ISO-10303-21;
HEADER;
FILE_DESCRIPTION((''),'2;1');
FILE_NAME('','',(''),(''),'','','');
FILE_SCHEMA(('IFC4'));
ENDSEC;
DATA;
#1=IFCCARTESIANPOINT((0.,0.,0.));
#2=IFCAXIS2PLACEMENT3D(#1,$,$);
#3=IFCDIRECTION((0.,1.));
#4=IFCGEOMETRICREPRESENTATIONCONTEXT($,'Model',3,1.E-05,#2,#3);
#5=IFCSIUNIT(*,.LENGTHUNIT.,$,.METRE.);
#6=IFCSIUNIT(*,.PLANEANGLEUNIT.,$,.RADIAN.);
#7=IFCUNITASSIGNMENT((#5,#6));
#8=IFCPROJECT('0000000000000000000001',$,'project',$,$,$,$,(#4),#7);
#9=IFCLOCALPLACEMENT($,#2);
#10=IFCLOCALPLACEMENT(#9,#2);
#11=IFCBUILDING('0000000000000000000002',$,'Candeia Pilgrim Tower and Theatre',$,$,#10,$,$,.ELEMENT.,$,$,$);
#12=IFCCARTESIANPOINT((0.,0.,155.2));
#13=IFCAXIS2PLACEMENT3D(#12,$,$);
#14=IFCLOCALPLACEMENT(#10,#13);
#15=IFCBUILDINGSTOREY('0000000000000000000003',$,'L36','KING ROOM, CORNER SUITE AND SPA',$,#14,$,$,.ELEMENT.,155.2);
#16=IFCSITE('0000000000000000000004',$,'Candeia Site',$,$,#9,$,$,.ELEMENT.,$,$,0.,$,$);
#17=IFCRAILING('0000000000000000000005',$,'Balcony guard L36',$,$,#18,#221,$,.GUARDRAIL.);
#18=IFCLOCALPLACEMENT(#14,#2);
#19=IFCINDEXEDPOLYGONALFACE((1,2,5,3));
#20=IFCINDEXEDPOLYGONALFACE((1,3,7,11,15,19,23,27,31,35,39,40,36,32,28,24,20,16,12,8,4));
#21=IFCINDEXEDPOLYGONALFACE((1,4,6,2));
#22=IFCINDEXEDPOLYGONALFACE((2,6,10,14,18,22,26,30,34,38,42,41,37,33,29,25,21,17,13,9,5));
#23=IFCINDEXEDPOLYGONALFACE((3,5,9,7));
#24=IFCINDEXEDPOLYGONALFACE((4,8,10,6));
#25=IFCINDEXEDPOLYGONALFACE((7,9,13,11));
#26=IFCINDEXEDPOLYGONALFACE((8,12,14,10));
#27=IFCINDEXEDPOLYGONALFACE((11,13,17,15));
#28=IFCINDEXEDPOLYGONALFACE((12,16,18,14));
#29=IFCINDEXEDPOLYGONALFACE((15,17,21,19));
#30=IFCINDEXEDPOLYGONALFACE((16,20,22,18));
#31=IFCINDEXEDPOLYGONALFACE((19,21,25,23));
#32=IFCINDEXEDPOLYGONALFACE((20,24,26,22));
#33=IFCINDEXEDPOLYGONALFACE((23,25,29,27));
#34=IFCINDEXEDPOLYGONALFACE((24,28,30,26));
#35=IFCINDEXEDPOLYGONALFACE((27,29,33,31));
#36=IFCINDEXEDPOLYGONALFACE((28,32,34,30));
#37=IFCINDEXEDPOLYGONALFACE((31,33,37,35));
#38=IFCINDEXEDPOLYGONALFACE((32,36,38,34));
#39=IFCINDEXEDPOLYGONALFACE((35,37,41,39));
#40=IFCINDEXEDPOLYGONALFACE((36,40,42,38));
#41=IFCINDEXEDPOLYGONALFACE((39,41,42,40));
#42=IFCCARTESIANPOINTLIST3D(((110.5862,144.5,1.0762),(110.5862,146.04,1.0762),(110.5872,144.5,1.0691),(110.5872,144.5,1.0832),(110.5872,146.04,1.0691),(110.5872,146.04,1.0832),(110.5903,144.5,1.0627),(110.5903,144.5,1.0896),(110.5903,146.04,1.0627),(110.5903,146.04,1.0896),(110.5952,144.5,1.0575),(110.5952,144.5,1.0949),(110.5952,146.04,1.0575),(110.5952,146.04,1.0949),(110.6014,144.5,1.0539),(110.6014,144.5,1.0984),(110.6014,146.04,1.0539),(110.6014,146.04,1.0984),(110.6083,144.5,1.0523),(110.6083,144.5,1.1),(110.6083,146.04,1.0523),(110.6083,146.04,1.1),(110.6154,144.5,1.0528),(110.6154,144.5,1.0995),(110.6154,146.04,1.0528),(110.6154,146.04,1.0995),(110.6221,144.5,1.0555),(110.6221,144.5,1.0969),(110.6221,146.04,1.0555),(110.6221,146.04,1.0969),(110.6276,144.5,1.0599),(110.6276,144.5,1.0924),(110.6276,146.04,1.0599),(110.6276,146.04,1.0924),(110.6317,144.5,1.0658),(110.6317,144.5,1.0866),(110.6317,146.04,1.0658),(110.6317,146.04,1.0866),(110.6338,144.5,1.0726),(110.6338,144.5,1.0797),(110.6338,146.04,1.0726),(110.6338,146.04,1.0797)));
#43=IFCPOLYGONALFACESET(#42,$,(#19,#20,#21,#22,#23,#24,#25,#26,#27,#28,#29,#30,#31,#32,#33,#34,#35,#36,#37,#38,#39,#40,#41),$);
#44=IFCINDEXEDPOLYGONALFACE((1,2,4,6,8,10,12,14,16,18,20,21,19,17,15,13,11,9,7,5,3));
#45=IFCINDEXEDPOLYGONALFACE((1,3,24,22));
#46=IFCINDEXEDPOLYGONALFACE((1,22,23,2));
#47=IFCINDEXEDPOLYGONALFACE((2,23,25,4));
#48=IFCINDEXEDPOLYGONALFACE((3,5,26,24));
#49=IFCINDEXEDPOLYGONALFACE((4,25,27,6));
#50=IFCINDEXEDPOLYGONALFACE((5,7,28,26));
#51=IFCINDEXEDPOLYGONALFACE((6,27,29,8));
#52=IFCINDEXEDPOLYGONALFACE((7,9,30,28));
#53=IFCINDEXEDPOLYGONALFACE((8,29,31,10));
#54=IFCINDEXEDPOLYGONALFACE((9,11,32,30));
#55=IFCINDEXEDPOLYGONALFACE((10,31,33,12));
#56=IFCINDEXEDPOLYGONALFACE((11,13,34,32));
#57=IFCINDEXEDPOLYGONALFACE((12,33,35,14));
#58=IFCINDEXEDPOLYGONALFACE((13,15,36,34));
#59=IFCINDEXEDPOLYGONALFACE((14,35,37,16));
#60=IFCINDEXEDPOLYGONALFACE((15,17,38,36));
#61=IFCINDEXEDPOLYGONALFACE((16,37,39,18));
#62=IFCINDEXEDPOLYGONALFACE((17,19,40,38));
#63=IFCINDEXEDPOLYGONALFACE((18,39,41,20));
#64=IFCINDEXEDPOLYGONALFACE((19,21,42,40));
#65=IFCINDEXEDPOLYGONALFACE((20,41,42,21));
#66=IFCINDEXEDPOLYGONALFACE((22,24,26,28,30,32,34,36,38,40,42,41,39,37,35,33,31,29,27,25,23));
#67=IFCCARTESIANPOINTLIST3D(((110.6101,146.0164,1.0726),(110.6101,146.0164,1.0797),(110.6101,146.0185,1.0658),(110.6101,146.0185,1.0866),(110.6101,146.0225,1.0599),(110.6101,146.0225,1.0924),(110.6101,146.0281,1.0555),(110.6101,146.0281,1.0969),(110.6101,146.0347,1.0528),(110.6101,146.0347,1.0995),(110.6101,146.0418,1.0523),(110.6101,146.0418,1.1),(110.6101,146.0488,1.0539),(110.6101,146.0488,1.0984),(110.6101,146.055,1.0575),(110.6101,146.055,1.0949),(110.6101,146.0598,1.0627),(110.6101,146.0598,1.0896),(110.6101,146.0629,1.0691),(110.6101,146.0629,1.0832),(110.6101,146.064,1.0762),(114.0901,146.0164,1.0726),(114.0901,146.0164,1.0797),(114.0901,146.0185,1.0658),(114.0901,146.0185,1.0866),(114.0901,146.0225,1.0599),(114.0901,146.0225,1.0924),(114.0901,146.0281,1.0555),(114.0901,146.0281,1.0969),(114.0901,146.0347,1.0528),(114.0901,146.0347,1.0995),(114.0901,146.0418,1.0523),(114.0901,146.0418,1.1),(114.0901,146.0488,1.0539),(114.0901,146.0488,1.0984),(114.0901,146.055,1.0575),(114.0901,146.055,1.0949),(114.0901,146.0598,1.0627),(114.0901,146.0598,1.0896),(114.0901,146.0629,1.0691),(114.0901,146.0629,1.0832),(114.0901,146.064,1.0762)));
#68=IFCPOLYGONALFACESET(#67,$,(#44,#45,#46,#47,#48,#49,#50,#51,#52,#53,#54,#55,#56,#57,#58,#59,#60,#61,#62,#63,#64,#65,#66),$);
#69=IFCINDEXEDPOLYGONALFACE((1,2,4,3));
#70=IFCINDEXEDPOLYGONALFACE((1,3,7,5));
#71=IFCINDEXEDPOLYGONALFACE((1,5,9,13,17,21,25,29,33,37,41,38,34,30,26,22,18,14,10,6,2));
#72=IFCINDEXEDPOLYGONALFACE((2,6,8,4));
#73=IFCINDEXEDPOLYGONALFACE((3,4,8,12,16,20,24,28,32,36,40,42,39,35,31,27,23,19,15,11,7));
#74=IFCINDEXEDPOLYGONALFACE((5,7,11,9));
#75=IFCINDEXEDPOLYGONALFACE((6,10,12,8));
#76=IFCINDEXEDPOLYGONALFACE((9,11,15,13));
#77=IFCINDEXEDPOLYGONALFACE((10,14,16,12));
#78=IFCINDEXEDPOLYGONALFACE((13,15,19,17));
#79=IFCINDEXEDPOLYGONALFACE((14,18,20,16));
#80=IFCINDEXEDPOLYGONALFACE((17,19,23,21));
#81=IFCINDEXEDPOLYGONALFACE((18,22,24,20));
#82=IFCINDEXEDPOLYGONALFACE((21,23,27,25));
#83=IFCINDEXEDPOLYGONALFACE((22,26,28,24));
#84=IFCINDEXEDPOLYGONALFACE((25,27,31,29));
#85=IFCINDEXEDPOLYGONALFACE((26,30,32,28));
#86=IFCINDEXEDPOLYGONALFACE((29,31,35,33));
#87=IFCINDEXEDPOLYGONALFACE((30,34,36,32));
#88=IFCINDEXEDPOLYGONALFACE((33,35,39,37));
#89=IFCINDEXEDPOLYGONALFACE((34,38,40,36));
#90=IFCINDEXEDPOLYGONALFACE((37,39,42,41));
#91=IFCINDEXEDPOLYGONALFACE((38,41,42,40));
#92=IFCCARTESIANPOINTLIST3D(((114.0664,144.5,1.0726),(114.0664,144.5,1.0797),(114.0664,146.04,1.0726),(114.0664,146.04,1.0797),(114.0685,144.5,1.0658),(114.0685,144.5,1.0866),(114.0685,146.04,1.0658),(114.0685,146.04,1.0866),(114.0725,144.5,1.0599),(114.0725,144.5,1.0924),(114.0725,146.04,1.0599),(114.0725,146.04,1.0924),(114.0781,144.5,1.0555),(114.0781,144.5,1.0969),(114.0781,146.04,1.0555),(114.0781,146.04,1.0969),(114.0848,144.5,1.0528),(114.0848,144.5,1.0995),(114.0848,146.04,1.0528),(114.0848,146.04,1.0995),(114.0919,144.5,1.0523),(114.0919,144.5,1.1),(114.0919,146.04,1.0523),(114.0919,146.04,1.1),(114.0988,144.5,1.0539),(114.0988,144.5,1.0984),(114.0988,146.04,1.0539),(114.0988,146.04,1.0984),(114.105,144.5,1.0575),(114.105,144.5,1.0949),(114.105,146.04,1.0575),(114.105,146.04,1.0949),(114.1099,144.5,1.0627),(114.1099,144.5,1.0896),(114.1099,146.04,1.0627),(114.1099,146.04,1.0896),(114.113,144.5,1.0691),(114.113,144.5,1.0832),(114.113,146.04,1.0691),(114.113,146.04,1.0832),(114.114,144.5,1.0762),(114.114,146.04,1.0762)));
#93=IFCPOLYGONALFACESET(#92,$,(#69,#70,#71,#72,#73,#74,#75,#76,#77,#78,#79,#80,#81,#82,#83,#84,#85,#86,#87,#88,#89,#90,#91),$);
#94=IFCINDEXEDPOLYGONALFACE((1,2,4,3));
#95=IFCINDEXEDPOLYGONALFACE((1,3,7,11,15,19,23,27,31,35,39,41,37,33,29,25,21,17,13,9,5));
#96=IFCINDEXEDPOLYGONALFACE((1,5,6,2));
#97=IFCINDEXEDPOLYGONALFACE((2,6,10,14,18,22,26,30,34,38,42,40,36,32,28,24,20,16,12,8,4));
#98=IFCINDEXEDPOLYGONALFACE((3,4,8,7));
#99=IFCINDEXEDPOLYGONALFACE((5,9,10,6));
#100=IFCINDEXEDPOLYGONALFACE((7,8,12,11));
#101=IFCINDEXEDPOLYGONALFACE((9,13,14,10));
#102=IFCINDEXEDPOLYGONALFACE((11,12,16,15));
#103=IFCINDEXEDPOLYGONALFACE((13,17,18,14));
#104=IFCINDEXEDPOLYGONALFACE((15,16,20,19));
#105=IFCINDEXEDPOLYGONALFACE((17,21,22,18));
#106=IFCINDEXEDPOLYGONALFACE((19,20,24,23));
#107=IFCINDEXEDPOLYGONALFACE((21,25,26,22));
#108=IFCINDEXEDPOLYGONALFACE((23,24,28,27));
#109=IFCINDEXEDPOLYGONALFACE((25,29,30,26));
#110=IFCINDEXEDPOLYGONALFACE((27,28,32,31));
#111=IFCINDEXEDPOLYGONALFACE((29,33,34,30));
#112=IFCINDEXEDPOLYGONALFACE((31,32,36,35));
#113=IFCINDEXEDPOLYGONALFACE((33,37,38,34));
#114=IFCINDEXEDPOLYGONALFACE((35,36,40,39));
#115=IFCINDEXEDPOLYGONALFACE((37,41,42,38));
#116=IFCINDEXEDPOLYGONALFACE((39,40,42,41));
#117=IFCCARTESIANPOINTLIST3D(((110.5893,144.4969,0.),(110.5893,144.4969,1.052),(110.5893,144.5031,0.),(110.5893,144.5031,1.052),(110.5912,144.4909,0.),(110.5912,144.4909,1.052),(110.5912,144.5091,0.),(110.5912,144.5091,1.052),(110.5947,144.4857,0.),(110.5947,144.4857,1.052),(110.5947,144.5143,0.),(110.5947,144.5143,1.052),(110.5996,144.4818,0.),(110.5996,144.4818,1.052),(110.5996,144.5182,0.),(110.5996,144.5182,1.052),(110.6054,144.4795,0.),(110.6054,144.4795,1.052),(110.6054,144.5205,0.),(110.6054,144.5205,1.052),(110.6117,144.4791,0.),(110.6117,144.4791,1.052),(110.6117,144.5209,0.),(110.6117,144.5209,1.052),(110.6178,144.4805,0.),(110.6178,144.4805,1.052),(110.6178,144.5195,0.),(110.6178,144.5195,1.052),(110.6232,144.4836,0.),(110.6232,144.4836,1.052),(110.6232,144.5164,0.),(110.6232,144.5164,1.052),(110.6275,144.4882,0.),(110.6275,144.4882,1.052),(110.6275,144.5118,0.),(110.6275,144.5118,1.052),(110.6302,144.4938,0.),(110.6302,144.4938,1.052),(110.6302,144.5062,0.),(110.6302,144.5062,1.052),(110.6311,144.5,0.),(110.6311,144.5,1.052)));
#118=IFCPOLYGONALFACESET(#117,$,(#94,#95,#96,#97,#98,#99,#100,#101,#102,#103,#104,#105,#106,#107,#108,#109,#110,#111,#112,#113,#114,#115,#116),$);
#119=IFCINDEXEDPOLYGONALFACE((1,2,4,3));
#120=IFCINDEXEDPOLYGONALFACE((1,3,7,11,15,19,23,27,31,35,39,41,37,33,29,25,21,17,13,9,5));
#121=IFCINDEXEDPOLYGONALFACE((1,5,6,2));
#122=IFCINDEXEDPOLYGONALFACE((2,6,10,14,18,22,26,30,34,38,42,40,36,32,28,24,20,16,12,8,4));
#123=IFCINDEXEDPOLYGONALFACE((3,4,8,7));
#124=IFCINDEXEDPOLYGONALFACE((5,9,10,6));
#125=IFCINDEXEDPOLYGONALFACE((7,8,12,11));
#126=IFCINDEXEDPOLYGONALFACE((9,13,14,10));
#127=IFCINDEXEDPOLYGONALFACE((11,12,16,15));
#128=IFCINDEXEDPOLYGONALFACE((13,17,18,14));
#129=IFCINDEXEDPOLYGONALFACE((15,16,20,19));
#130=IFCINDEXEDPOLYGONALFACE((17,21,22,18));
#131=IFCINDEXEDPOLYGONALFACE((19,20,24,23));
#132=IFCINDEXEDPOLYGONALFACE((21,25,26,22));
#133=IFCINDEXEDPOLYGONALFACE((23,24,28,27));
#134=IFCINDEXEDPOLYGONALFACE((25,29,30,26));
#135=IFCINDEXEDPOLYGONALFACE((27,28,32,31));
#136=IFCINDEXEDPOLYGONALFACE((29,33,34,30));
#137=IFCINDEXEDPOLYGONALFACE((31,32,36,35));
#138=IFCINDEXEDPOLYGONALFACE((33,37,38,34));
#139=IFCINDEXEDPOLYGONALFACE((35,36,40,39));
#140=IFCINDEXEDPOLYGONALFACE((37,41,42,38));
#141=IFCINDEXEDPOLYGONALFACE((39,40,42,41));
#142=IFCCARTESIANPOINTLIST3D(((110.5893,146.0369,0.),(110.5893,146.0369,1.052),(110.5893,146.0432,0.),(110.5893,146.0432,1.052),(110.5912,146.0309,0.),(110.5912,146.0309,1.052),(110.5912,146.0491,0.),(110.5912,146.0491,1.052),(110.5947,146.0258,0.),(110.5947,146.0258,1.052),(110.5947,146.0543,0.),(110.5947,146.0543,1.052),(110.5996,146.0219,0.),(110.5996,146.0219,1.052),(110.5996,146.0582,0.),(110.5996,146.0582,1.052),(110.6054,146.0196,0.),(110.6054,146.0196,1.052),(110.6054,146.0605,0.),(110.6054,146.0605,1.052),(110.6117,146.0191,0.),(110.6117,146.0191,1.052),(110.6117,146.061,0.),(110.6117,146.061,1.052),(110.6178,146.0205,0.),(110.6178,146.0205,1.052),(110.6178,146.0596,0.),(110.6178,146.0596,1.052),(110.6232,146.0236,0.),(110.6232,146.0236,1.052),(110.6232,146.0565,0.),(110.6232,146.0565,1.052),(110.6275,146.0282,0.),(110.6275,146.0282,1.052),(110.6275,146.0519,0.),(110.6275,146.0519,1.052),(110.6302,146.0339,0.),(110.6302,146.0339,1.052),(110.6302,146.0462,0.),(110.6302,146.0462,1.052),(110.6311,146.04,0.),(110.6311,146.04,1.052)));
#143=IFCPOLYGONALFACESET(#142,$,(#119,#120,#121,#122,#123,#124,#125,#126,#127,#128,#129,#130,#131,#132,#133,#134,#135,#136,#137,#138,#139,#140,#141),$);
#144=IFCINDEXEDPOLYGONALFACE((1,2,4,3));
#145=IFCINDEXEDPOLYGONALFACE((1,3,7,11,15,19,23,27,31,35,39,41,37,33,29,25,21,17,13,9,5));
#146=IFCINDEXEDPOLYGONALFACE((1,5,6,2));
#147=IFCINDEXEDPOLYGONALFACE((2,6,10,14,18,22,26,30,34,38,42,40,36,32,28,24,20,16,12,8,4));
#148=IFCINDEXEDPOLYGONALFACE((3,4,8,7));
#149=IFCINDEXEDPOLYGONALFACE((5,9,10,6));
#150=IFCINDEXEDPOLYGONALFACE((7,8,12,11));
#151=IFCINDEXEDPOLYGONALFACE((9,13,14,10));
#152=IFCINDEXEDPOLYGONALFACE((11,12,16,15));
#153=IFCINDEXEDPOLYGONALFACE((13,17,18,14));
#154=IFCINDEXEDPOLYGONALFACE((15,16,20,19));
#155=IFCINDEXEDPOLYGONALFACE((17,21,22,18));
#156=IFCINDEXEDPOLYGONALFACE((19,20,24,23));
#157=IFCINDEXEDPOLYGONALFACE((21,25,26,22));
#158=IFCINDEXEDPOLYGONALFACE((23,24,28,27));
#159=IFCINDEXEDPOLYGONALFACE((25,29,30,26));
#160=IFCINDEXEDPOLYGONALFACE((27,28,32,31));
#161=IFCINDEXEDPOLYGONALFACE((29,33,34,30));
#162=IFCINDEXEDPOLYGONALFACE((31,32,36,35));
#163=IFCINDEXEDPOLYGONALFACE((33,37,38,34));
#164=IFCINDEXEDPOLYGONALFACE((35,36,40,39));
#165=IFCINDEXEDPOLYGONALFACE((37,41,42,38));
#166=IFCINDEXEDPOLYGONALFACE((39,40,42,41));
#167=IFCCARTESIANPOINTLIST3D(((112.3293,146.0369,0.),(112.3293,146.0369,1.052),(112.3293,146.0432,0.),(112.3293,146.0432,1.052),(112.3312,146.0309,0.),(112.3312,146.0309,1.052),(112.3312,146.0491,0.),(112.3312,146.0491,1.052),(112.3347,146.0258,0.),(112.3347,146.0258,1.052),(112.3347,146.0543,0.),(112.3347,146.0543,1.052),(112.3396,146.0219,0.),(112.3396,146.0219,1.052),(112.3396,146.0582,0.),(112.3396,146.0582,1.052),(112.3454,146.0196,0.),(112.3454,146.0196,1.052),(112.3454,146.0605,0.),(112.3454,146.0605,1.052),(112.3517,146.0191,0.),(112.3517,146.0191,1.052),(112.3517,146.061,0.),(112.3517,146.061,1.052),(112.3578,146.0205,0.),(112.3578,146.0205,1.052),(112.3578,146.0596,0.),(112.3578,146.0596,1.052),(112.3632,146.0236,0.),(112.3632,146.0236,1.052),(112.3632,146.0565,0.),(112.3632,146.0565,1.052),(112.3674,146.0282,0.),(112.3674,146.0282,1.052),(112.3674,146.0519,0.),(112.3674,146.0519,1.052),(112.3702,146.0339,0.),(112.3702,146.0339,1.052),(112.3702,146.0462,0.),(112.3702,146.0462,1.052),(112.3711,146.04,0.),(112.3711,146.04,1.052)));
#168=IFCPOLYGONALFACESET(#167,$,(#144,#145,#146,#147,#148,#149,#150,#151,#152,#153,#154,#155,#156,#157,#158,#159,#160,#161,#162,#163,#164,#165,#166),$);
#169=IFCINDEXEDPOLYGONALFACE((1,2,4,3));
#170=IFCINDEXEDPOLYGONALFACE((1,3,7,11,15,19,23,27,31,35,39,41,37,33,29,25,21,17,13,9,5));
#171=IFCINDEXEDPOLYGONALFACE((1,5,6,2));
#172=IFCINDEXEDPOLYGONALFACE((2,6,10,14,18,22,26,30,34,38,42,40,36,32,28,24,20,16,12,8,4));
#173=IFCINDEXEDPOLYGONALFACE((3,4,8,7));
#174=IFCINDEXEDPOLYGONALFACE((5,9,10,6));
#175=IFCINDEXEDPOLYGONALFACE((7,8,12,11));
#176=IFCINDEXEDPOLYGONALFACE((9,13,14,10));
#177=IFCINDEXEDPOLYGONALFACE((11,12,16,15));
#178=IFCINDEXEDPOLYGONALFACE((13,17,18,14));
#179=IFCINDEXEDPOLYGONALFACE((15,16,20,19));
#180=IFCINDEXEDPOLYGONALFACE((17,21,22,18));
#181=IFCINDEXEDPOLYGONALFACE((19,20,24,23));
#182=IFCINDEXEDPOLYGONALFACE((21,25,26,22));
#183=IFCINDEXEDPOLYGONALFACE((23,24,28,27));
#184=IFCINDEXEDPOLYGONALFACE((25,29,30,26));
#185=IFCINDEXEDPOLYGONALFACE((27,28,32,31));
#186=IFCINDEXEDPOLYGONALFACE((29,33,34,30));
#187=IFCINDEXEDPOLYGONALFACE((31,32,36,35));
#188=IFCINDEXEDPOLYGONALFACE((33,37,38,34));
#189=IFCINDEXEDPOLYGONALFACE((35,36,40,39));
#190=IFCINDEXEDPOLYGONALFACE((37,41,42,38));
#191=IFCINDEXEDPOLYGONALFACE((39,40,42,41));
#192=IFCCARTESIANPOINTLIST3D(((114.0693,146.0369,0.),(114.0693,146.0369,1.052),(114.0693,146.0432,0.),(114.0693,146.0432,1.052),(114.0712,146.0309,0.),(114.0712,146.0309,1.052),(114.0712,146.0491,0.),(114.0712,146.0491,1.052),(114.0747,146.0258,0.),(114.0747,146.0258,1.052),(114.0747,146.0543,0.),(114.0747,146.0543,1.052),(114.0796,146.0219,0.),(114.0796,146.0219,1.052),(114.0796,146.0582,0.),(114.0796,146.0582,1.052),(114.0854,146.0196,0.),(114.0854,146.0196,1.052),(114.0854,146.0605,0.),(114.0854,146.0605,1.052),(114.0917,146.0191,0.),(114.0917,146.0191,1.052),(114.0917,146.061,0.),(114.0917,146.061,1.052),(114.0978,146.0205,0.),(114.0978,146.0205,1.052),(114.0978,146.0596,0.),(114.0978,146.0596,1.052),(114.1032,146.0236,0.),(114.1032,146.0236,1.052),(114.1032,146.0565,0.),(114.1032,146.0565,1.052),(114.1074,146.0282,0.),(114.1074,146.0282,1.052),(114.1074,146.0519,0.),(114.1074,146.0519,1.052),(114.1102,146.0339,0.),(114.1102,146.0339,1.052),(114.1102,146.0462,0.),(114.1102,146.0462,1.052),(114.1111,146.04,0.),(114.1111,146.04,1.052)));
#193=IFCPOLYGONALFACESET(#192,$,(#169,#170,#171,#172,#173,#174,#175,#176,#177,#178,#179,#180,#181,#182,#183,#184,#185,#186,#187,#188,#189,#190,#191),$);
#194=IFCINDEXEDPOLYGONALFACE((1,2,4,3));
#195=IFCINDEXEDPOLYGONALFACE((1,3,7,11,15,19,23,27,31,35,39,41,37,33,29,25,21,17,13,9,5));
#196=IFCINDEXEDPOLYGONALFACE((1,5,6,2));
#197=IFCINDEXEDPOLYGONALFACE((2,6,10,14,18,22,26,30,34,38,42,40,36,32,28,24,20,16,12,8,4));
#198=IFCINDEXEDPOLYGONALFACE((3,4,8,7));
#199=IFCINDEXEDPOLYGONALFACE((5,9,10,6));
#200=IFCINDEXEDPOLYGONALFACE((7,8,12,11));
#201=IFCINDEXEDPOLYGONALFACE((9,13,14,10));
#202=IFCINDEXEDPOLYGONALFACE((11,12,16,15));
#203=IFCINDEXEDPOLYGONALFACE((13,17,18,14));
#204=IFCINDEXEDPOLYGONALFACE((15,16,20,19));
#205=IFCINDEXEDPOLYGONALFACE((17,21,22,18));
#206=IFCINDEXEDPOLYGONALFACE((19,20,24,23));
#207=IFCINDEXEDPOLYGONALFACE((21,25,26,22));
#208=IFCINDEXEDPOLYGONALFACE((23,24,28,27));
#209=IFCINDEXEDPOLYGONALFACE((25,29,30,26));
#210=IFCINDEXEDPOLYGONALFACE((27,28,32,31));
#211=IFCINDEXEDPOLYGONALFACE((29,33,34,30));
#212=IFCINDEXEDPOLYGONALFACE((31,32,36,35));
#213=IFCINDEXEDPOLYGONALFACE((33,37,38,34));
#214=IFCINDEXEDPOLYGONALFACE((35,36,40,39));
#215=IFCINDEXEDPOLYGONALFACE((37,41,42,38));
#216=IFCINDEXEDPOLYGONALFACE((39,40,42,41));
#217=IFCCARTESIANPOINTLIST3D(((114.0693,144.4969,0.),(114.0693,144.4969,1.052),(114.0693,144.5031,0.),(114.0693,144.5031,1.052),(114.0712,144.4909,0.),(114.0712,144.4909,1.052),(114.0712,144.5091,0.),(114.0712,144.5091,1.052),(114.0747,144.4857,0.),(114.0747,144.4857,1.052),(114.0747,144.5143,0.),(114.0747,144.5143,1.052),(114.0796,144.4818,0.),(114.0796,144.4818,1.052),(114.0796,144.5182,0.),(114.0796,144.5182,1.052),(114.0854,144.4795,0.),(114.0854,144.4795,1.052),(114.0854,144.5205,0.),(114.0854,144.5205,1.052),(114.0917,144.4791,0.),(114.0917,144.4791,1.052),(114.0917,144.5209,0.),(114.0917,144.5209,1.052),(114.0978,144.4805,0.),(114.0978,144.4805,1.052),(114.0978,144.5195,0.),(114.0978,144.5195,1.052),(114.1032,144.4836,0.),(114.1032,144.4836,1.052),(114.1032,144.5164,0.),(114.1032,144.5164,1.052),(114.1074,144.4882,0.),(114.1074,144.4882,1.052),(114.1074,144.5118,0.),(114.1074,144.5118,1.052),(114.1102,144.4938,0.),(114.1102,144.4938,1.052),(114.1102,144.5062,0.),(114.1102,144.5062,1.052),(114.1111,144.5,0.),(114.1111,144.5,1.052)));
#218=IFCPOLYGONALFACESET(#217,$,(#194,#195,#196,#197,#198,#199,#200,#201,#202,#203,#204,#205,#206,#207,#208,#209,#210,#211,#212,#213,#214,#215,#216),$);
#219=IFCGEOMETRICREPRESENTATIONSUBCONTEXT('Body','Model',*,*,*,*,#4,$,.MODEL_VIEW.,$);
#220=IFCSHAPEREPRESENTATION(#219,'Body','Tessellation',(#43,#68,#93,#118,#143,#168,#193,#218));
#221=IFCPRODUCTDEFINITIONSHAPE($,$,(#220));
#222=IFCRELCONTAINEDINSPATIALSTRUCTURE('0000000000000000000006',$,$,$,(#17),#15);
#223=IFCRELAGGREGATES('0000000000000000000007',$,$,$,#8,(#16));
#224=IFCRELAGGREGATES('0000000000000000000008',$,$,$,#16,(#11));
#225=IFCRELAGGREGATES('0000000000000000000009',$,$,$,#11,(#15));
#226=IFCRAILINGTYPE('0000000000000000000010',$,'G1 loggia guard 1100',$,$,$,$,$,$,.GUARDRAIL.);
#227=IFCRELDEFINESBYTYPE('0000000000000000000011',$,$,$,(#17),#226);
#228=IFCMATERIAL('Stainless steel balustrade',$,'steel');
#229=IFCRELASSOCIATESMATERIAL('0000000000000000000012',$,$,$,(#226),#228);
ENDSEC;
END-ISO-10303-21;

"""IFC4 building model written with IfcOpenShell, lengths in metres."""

from ifc_helpers import new_model, si_unit, direction, frame, origin, origin_2d, place, context, subcontext, project, spatial, circle, extrude, material, type_object, element, save


model = new_model("IFC4")

# Units and contexts
model_context = context("Model", 3, precision=1e-05, world=origin(), true_north=direction((0.0, 1.0)))
body_context = subcontext(model_context, "Body", "Model", "MODEL_VIEW")
ifc_project = project(units=[si_unit("LENGTHUNIT", "METRE"), si_unit("PLANEANGLEUNIT", "RADIAN")], contexts=[model_context])

# Site, building, storey
site_placement = place(None, origin())
site = spatial("IfcSite", under=ifc_project, at=site_placement, Name="Candeia Site", CompositionType="ELEMENT", RefElevation=0.0)
building_placement = place(site_placement, origin())
building = spatial("IfcBuilding", under=site, at=building_placement, Name="Candeia Pilgrim Tower and Theatre", CompositionType="ELEMENT")
storey_placement = place(building_placement, frame((0.0, 0.0, 155.2)))
storey = spatial("IfcBuildingStorey", under=building, at=storey_placement, Name="L36", Description="KING ROOM, CORNER SUITE AND SPA", CompositionType="ELEMENT", Elevation=155.2)

# Railing
ifc_material_1 = material(Name="Stainless steel balustrade", Category="steel")
railing_type = type_object("IfcRailingType", Name="G1 loggia guard 1100", PredefinedType="GUARDRAIL", material=ifc_material_1)
railing_placement = place(storey_placement, frame((110.6101, 144.5, 0.0)))
element("IfcRailing", 1, at=railing_placement, inside=storey, type_object=railing_type, Name="Balcony guard L36", PredefinedType="GUARDRAIL", context=body_context, shape_type="SweptSolid", body=[
    extrude(circle(Radius=0.0239, at=origin_2d()), frame((0.0, 0.0, 1.0762), z_axis=(0.0, 1.0, 0.0), x_axis=(-1.0, 0.0, 0.0)), (0.0, 0.0, 1.0), 1.54),
    extrude(circle(Radius=0.0239, at=origin_2d()), frame((0.0, 1.54, 1.0762), z_axis=(1.0, 0.0, 0.0), x_axis=(0.0, 1.0, 0.0)), (0.0, 0.0, 1.0), 3.48),
    extrude(circle(Radius=0.0239, at=origin_2d()), frame((3.48, 1.54, 1.0762), z_axis=(0.0, -1.0, 0.0), x_axis=(1.0, 0.0, 0.0)), (0.0, 0.0, 1.0), 1.54),
    extrude(circle(Radius=0.021, at=origin_2d()), origin(), (0.0, 0.0, 1.0), 1.052),
    extrude(circle(Radius=0.021, at=origin_2d()), frame((0.0, 1.54, 0.0)), (0.0, 0.0, 1.0), 1.052),
    extrude(circle(Radius=0.021, at=origin_2d()), frame((1.74, 1.54, 0.0)), (0.0, 0.0, 1.0), 1.052),
    extrude(circle(Radius=0.021, at=origin_2d()), frame((3.48, 1.54, 0.0)), (0.0, 0.0, 1.0), 1.052),
    extrude(circle(Radius=0.021, at=origin_2d()), frame((3.48, 0.0, 0.0)), (0.0, 0.0, 1.0), 1.052),
])

save(model, "model.ifc")
